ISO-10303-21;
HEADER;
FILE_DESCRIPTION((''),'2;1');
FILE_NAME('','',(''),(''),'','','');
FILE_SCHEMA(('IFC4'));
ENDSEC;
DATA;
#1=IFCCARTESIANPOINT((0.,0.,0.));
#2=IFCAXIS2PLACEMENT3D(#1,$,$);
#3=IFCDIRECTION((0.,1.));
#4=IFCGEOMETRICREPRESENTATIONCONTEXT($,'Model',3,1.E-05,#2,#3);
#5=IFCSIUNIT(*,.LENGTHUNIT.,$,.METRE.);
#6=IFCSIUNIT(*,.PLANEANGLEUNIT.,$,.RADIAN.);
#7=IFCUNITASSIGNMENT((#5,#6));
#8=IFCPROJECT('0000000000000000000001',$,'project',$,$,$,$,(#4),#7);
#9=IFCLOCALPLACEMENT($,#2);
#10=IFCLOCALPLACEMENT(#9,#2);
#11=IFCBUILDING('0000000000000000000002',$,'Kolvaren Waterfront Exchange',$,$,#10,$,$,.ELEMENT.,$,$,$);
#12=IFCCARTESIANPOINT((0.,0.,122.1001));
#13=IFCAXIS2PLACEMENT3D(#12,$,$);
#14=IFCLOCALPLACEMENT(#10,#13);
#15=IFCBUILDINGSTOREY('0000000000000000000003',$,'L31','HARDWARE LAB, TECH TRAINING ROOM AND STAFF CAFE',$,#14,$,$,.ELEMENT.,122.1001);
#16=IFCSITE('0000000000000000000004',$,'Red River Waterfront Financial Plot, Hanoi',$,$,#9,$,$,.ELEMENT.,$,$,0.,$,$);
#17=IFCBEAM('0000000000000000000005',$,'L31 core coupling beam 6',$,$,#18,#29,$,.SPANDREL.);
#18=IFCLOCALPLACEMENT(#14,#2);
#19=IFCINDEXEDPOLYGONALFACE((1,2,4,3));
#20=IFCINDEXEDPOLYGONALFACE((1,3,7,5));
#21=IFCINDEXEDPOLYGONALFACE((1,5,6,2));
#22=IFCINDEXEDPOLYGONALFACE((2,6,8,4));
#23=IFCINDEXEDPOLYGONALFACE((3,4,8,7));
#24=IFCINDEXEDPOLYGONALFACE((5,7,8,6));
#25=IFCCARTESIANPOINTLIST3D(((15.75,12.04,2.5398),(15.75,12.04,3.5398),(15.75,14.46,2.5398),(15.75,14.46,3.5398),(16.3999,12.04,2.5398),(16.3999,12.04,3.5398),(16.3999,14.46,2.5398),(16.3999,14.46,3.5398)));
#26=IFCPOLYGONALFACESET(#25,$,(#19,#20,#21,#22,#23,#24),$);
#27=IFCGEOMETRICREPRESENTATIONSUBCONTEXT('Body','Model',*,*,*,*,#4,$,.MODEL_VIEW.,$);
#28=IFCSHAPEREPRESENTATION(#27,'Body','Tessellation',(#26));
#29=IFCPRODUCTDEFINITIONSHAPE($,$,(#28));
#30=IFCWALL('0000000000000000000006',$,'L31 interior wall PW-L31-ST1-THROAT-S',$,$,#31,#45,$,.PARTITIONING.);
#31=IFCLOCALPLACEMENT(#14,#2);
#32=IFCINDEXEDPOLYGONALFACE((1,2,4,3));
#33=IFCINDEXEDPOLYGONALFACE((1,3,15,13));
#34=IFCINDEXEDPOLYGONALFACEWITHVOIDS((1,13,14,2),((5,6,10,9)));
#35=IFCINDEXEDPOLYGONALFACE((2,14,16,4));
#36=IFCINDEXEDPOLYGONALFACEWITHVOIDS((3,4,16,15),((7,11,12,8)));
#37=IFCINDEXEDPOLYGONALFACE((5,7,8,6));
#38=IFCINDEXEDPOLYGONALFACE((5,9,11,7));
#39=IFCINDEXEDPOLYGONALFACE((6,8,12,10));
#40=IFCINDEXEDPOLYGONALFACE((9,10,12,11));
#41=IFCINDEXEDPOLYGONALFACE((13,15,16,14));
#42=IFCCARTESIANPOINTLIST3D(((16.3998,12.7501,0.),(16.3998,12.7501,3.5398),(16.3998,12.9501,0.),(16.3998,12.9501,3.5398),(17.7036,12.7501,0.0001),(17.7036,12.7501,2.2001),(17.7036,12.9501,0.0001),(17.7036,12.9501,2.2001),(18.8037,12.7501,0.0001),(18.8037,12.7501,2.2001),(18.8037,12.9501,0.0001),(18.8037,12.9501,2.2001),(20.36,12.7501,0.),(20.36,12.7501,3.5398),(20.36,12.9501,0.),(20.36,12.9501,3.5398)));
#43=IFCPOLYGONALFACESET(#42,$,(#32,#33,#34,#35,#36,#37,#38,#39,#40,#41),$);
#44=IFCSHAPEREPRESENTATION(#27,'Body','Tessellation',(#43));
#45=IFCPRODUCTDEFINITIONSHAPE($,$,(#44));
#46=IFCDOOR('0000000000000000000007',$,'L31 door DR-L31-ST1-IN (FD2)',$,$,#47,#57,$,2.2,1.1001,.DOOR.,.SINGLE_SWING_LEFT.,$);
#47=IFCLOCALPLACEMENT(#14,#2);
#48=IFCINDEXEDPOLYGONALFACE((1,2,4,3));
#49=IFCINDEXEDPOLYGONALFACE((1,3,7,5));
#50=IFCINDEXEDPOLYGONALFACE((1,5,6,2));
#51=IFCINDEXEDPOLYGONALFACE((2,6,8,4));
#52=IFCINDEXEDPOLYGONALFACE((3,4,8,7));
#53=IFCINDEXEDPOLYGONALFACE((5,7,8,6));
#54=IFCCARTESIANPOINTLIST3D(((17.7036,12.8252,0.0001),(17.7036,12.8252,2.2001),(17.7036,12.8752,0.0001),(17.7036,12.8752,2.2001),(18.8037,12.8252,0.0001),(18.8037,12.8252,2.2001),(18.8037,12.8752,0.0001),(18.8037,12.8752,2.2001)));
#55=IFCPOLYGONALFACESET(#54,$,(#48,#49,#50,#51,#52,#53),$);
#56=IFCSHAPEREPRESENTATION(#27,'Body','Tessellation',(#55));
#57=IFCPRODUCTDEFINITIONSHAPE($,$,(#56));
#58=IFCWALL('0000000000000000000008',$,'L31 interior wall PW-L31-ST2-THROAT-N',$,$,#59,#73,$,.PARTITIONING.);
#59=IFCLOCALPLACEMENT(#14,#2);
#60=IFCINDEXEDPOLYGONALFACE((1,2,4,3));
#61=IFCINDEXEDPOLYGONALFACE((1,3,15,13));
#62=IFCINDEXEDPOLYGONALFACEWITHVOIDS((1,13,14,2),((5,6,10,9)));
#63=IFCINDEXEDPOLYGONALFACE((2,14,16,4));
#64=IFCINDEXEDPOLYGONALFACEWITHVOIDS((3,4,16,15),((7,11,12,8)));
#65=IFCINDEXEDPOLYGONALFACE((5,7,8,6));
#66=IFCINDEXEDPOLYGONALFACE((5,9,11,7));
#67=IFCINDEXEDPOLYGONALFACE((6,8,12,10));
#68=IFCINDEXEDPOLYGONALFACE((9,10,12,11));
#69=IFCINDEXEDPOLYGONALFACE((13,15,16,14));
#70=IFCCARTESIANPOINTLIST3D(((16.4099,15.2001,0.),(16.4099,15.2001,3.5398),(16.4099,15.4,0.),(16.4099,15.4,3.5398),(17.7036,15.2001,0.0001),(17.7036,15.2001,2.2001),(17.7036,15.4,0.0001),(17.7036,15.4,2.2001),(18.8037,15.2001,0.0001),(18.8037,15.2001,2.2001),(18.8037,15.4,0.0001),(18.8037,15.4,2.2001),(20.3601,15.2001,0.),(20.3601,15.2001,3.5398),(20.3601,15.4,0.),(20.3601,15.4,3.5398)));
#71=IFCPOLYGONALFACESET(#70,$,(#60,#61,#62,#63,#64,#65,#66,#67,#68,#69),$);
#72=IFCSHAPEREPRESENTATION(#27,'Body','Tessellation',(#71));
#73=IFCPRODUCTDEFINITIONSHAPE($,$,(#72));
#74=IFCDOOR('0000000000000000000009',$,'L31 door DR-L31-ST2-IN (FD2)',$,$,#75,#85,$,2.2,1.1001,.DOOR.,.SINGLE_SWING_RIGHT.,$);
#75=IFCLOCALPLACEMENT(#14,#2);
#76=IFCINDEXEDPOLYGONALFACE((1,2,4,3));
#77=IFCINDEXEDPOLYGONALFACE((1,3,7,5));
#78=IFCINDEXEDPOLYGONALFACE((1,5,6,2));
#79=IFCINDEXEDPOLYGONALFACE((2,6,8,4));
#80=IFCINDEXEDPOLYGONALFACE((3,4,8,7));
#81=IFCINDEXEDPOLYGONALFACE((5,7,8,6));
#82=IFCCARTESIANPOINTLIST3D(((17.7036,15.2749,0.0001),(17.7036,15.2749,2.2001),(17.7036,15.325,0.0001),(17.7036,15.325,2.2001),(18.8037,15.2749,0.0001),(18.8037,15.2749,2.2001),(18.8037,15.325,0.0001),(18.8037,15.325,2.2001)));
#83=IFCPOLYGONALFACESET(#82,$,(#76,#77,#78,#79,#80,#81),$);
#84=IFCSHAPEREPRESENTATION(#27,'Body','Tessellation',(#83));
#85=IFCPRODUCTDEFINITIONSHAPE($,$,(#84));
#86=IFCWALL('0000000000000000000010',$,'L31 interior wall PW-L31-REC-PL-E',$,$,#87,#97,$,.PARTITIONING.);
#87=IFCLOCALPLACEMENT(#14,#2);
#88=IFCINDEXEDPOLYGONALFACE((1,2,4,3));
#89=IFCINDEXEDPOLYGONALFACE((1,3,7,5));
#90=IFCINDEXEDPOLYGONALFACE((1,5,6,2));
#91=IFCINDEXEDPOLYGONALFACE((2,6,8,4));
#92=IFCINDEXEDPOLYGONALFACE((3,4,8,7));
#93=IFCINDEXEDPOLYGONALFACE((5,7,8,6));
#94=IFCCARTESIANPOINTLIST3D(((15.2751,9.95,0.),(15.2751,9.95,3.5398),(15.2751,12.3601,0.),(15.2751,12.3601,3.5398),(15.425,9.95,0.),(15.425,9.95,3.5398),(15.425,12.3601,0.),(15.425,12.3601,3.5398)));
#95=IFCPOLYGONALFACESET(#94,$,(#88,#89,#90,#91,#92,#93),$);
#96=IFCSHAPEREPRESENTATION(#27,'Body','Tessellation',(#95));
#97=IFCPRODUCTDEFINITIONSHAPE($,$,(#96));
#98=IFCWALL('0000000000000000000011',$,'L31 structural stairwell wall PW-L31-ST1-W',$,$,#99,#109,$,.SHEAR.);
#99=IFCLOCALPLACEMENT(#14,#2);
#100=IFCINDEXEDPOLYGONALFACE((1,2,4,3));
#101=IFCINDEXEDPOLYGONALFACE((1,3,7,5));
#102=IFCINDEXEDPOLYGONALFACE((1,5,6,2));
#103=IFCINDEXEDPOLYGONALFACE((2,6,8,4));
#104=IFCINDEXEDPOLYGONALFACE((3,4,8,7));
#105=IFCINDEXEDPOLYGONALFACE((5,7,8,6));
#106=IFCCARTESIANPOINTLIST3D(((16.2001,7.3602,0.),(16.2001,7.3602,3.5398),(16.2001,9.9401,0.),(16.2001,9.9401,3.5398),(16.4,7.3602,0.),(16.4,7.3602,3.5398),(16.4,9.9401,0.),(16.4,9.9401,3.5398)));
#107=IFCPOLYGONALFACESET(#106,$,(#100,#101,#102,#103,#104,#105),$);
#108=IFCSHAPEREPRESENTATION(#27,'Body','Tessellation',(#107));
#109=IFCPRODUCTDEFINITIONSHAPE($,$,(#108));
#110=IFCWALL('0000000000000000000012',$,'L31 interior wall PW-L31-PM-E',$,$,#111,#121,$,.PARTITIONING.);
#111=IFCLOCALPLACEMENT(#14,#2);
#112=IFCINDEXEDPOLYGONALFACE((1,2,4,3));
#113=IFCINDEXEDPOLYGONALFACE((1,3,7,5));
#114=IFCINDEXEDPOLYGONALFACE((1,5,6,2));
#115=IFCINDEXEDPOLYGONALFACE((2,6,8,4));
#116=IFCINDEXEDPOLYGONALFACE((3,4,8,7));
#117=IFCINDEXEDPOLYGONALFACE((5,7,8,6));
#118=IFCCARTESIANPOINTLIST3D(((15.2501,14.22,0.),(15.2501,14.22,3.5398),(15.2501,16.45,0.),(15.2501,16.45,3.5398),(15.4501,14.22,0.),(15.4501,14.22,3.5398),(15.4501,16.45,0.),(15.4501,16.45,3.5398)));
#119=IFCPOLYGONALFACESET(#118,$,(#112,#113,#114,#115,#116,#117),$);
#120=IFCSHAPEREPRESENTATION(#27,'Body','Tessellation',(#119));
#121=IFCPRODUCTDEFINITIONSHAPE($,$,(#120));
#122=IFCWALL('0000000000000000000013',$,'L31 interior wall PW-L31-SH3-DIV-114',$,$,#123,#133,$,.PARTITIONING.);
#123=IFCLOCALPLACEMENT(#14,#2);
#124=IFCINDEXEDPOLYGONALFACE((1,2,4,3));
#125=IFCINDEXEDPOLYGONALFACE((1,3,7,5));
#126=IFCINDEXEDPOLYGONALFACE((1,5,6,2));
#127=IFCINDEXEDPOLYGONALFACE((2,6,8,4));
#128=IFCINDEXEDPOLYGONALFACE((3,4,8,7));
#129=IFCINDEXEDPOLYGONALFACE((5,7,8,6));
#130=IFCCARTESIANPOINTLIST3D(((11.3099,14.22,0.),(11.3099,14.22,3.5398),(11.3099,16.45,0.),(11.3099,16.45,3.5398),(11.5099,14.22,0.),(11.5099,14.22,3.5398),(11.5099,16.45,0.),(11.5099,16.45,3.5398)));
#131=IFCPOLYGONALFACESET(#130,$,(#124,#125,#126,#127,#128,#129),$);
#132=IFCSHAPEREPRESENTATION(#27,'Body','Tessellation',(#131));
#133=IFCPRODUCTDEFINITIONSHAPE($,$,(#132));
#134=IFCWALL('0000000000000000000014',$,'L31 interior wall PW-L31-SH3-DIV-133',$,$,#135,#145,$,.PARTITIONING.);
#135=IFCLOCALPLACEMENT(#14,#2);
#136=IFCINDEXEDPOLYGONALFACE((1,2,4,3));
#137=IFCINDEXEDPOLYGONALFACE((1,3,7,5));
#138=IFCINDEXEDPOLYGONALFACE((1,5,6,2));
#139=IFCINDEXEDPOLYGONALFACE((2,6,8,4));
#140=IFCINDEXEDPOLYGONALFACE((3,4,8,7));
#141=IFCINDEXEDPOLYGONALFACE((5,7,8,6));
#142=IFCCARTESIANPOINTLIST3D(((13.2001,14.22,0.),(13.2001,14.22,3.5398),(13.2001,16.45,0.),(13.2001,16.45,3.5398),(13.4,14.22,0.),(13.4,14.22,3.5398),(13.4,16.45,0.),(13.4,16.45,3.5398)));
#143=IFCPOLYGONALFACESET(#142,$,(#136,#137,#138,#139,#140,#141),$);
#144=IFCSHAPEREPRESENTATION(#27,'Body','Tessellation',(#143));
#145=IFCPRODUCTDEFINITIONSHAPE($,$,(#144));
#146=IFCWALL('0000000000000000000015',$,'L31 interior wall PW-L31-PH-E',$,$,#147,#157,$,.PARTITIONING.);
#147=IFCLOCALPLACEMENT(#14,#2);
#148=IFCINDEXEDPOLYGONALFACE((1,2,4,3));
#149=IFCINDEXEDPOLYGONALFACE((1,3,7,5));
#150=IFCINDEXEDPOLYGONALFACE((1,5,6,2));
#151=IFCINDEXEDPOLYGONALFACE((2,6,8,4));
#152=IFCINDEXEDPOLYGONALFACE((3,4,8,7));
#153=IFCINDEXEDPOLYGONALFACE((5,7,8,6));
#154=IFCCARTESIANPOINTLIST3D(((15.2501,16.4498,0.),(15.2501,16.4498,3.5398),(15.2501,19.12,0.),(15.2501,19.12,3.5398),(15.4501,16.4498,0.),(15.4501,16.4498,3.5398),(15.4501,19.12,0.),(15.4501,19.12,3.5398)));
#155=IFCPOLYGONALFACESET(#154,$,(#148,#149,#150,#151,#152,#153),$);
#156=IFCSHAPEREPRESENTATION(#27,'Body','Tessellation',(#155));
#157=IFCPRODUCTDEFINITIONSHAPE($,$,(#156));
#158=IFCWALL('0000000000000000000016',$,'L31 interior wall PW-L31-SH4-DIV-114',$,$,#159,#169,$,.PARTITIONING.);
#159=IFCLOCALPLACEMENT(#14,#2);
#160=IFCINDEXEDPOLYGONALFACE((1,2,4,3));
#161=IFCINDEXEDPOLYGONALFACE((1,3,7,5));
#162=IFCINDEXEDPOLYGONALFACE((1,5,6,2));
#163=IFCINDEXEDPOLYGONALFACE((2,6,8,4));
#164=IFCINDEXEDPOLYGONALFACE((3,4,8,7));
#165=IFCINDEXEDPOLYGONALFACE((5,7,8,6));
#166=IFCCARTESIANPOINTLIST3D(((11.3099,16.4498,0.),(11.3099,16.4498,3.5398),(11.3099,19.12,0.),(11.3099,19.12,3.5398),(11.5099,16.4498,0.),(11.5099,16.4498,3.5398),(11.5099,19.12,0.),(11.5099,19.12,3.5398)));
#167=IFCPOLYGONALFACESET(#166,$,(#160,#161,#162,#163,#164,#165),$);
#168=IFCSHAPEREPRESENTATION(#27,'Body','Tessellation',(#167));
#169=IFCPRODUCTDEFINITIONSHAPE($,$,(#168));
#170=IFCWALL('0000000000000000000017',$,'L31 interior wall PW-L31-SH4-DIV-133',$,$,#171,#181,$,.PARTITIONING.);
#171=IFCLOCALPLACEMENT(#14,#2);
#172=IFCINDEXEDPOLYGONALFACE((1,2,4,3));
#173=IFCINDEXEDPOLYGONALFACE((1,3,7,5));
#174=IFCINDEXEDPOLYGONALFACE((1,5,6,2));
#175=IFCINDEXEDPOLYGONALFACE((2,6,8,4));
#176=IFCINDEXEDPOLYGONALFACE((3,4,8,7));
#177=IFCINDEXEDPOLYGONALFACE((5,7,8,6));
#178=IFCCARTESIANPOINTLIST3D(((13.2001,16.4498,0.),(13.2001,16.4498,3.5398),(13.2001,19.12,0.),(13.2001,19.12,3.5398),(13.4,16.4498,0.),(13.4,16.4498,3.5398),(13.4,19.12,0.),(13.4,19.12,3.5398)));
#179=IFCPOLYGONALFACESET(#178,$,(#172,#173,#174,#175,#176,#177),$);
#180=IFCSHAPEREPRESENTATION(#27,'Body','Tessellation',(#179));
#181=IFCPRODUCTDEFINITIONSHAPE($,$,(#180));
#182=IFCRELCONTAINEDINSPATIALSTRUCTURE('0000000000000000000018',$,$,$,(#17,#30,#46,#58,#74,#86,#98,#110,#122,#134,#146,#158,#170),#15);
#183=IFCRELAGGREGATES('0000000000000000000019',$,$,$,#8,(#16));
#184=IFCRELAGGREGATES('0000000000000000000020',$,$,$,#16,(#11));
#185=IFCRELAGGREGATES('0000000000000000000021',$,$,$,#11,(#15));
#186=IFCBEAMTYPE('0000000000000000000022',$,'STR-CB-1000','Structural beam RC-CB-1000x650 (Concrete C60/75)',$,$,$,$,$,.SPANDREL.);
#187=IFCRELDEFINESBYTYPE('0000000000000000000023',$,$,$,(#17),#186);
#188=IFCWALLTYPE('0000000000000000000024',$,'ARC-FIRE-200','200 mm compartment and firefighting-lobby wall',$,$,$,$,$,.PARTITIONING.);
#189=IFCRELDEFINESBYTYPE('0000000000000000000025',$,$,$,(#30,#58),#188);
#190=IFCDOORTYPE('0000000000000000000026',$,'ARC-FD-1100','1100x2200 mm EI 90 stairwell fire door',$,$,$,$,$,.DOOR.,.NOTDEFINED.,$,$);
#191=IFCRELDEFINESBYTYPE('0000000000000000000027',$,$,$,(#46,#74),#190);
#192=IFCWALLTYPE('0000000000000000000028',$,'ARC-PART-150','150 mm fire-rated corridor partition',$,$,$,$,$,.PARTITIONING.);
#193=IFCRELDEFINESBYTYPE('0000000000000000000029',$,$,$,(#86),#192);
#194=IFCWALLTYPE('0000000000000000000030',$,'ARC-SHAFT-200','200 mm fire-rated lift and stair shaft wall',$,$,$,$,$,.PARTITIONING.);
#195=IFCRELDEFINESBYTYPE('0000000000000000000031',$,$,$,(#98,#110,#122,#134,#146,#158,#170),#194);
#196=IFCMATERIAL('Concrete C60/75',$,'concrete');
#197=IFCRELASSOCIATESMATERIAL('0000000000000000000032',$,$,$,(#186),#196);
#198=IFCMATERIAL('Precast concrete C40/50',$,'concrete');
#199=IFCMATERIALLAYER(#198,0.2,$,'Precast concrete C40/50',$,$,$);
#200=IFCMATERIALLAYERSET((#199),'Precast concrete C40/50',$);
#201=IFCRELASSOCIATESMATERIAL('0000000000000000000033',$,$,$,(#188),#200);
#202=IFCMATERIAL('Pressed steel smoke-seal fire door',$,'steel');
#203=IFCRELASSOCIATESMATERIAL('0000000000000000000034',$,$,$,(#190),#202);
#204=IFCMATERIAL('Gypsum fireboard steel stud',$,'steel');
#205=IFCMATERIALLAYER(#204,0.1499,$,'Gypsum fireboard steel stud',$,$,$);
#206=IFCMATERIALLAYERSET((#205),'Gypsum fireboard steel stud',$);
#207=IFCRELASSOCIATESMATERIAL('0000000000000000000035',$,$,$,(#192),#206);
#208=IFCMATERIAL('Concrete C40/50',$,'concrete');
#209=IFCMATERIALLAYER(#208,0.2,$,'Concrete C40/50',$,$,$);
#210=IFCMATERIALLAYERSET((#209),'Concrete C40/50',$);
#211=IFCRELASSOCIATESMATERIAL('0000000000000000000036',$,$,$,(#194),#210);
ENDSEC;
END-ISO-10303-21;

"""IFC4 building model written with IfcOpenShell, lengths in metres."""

from ifc_helpers import new_model, si_unit, direction, frame, frame_2d, origin, origin_2d, place, context, subcontext, project, spatial, rectangle, extrude, material, layer, layer_set, material_profile, profile_set, type_object, element, fill, save


model = new_model("IFC4")

# Units and contexts
model_context = context("Model", 3, precision=1e-05, world=origin(), true_north=direction((0.0, 1.0)))
body_context = subcontext(model_context, "Body", "Model", "MODEL_VIEW")
ifc_project = project(units=[si_unit("LENGTHUNIT", "METRE"), si_unit("PLANEANGLEUNIT", "RADIAN")], contexts=[model_context])

# Site, building, storey
site_placement = place(None, origin())
site = spatial("IfcSite", under=ifc_project, at=site_placement, Name="Red River Waterfront Financial Plot, Hanoi", CompositionType="ELEMENT", RefElevation=0.0)
building_placement = place(site_placement, origin())
building = spatial("IfcBuilding", under=site, at=building_placement, Name="Kolvaren Waterfront Exchange", CompositionType="ELEMENT")
storey_placement = place(building_placement, frame((0.0, 0.0, 122.1001)))
storey = spatial("IfcBuildingStorey", under=building, at=storey_placement, Name="L31", Description="HARDWARE LAB, TECH TRAINING ROOM AND STAFF CAFE", CompositionType="ELEMENT", Elevation=122.1001)

# Beam
ifc_material_1 = material(Name="Concrete C60/75", Category="concrete")
ifc_material_profile = material_profile(ifc_material_1, rectangle(XDim=0.6499, YDim=1.0, at=origin_2d()), Name="RC-CB-1000x650")
ifc_profile_set = profile_set([ifc_material_profile], Name="Concrete C60/75")
beam_type = type_object("IfcBeamType", Name="STR-CB-1000", Description="Structural beam RC-CB-1000x650 (Concrete C60/75)", PredefinedType="SPANDREL", material=ifc_profile_set)
beam_placement = place(storey_placement, frame((16.075, 12.04, 3.0398), z_axis=(0.0, 1.0, 0.0), x_axis=(-1.0, 0.0, 0.0)))
element("IfcBeam", 1, at=beam_placement, inside=storey, type_object=beam_type, Name="L31 core coupling beam 6", PredefinedType="SPANDREL", context=body_context, shape_type="SweptSolid", body=[
    extrude(rectangle(XDim=0.6499, YDim=1.0, at=origin_2d()), origin(), (0.0, 0.0, 1.0), 2.4199),
])

# Walls, openings, doors
ifc_material_2 = material(Name="Precast concrete C40/50", Category="concrete")
ifc_layer_1 = layer(ifc_material_2, 0.2, Name="Precast concrete C40/50")
ifc_layer_set_1 = layer_set([ifc_layer_1], Name="Precast concrete C40/50")
wall_type_1 = type_object("IfcWallType", Name="ARC-FIRE-200", Description="200 mm compartment and firefighting-lobby wall", PredefinedType="PARTITIONING", material=ifc_layer_set_1)
wall_1_placement = place(storey_placement, frame((16.3999, 12.8501, 0.0), z_axis=(0.0, 0.0, 1.0), x_axis=(1.0, 0.0, 0.0)))
wall_1 = element("IfcWall", 2, at=wall_1_placement, inside=storey, type_object=wall_type_1, Name="L31 interior wall PW-L31-ST1-THROAT-S", PredefinedType="PARTITIONING", context=body_context, shape_type="SweptSolid", body=[
    extrude(rectangle(XDim=3.9602, YDim=0.2, at=frame_2d((1.98, 0.0))), origin(), (0.0, 0.0, 1.0), 3.5398),
])
opening_1_placement = place(wall_1_placement, frame((1.3037, 0.0, 0.0)))
opening_1 = element("IfcOpeningElement", 3, at=opening_1_placement, cuts=wall_1, PredefinedType="OPENING", context=body_context, shape_type="SweptSolid", body=[
    extrude(rectangle(XDim=1.1001, YDim=2.2, at=frame_2d((0.55, 1.1001))), frame((0.0, 0.1099, 0.0), z_axis=(0.0, -1.0, 0.0), x_axis=(1.0, 0.0, 0.0)), (0.0, 0.0, 1.0), 0.22),
])
ifc_material_3 = material(Name="Pressed steel smoke-seal fire door", Category="steel")
door_type = type_object("IfcDoorType", Name="ARC-FD-1100", Description="1100x2200 mm EI 90 stairwell fire door", OperationType="NOTDEFINED", PredefinedType="DOOR", material=ifc_material_3)
door_1_placement = place(opening_1_placement, frame((1.1001, 0.0, 0.0), z_axis=(0.0, 0.0, 1.0), x_axis=(-1.0, 0.0, 0.0)))
door_1 = element("IfcDoor", 4, at=door_1_placement, inside=storey, type_object=door_type, Name="L31 door DR-L31-ST1-IN (FD2)", OperationType="SINGLE_SWING_LEFT", OverallHeight=2.2, OverallWidth=1.1001, PredefinedType="DOOR", context=body_context, shape_type="SweptSolid", body=[
    extrude(rectangle(XDim=1.1001, YDim=2.2, at=frame_2d((0.55, 1.1001))), frame((0.0, 0.0249, 0.0), z_axis=(0.0, -1.0, 0.0), x_axis=(1.0, 0.0, 0.0)), (0.0, 0.0, 1.0), 0.05),
])
fill(opening_1, door_1)
wall_2_placement = place(storey_placement, frame((16.4099, 15.3, 0.0), z_axis=(0.0, 0.0, 1.0), x_axis=(1.0, 0.0, 0.0)))
wall_2 = element("IfcWall", 5, at=wall_2_placement, inside=storey, type_object=wall_type_1, Name="L31 interior wall PW-L31-ST2-THROAT-N", PredefinedType="PARTITIONING", context=body_context, shape_type="SweptSolid", body=[
    extrude(rectangle(XDim=3.9502, YDim=0.2, at=frame_2d((1.9751, 0.0))), origin(), (0.0, 0.0, 1.0), 3.5398),
])
opening_2_placement = place(wall_2_placement, frame((1.2937, 0.0, 0.0)))
opening_2 = element("IfcOpeningElement", 6, at=opening_2_placement, cuts=wall_2, PredefinedType="OPENING", context=body_context, shape_type="SweptSolid", body=[
    extrude(rectangle(XDim=1.1001, YDim=2.2, at=frame_2d((0.55, 1.1001))), frame((0.0, 0.1099, 0.0), z_axis=(0.0, -1.0, 0.0), x_axis=(1.0, 0.0, 0.0)), (0.0, 0.0, 1.0), 0.22),
])
door_2_placement = place(opening_2_placement, origin())
door_2 = element("IfcDoor", 7, at=door_2_placement, inside=storey, type_object=door_type, Name="L31 door DR-L31-ST2-IN (FD2)", OperationType="SINGLE_SWING_RIGHT", OverallHeight=2.2, OverallWidth=1.1001, PredefinedType="DOOR", context=body_context, shape_type="SweptSolid", body=[
    extrude(rectangle(XDim=1.1001, YDim=2.2, at=frame_2d((0.55, 1.1001))), frame((0.0, 0.0249, 0.0), z_axis=(0.0, -1.0, 0.0), x_axis=(1.0, 0.0, 0.0)), (0.0, 0.0, 1.0), 0.05),
])
fill(opening_2, door_2)

# Walls
ifc_material_4 = material(Name="Gypsum fireboard steel stud", Category="steel")
ifc_layer_2 = layer(ifc_material_4, 0.1499, Name="Gypsum fireboard steel stud")
ifc_layer_set_2 = layer_set([ifc_layer_2], Name="Gypsum fireboard steel stud")
wall_type_2 = type_object("IfcWallType", Name="ARC-PART-150", Description="150 mm fire-rated corridor partition", PredefinedType="PARTITIONING", material=ifc_layer_set_2)
wall_3_placement = place(storey_placement, frame((15.3501, 9.95, 0.0), z_axis=(0.0, 0.0, 1.0), x_axis=(0.0, 1.0, 0.0)))
element("IfcWall", 8, at=wall_3_placement, inside=storey, type_object=wall_type_2, Name="L31 interior wall PW-L31-REC-PL-E", PredefinedType="PARTITIONING", context=body_context, shape_type="SweptSolid", body=[
    extrude(rectangle(XDim=2.4102, YDim=0.1499, at=frame_2d((1.2051, 0.0))), origin(), (0.0, 0.0, 1.0), 3.5398),
])
ifc_material_5 = material(Name="Concrete C40/50", Category="concrete")
ifc_layer_3 = layer(ifc_material_5, 0.2, Name="Concrete C40/50")
ifc_layer_set_3 = layer_set([ifc_layer_3], Name="Concrete C40/50")
wall_type_3 = type_object("IfcWallType", Name="ARC-SHAFT-200", Description="200 mm fire-rated lift and stair shaft wall", PredefinedType="PARTITIONING", material=ifc_layer_set_3)
wall_4_placement = place(storey_placement, frame((16.3, 7.3601, 0.0), z_axis=(0.0, 0.0, 1.0), x_axis=(0.0, 1.0, 0.0)))
element("IfcWall", 9, at=wall_4_placement, inside=storey, type_object=wall_type_3, Name="L31 structural stairwell wall PW-L31-ST1-W", PredefinedType="SHEAR", context=body_context, shape_type="SweptSolid", body=[
    extrude(rectangle(XDim=2.5798, YDim=0.2, at=frame_2d((1.29, 0.0))), origin(), (0.0, 0.0, 1.0), 3.5398),
])
for number, where, z_axis, x_axis, name in (
    (10, (15.3501, 14.22, 0.0), (0.0, 0.0, 1.0), (0.0, 1.0, 0.0), "L31 interior wall PW-L31-PM-E"),
    (11, (11.4099, 14.22, 0.0), (0.0, 0.0, 1.0), (0.0, 1.0, 0.0), "L31 interior wall PW-L31-SH3-DIV-114"),
    (12, (13.3, 14.22, 0.0), (0.0, 0.0, 1.0), (0.0, 1.0, 0.0), "L31 interior wall PW-L31-SH3-DIV-133"),
):
    element("IfcWall", number, at=place(storey_placement, frame(where, z_axis=z_axis, x_axis=x_axis)), inside=storey, type_object=wall_type_3, Name=name, PredefinedType="PARTITIONING", context=body_context, shape_type="SweptSolid", body=[
        extrude(rectangle(XDim=2.23, YDim=0.2, at=frame_2d((1.115, 0.0))), origin(), (0.0, 0.0, 1.0), 3.5398),
    ])
for number, where, z_axis, x_axis, name in (
    (13, (15.3501, 16.45, 0.0), (0.0, 0.0, 1.0), (0.0, 1.0, 0.0), "L31 interior wall PW-L31-PH-E"),
    (14, (11.4099, 16.45, 0.0), (0.0, 0.0, 1.0), (0.0, 1.0, 0.0), "L31 interior wall PW-L31-SH4-DIV-114"),
    (15, (13.3, 16.45, 0.0), (0.0, 0.0, 1.0), (0.0, 1.0, 0.0), "L31 interior wall PW-L31-SH4-DIV-133"),
):
    element("IfcWall", number, at=place(storey_placement, frame(where, z_axis=z_axis, x_axis=x_axis)), inside=storey, type_object=wall_type_3, Name=name, PredefinedType="PARTITIONING", context=body_context, shape_type="SweptSolid", body=[
        extrude(rectangle(XDim=2.6702, YDim=0.2, at=frame_2d((1.335, 0.0))), origin(), (0.0, 0.0, 1.0), 3.5398),
    ])

save(model, "model.ifc")
